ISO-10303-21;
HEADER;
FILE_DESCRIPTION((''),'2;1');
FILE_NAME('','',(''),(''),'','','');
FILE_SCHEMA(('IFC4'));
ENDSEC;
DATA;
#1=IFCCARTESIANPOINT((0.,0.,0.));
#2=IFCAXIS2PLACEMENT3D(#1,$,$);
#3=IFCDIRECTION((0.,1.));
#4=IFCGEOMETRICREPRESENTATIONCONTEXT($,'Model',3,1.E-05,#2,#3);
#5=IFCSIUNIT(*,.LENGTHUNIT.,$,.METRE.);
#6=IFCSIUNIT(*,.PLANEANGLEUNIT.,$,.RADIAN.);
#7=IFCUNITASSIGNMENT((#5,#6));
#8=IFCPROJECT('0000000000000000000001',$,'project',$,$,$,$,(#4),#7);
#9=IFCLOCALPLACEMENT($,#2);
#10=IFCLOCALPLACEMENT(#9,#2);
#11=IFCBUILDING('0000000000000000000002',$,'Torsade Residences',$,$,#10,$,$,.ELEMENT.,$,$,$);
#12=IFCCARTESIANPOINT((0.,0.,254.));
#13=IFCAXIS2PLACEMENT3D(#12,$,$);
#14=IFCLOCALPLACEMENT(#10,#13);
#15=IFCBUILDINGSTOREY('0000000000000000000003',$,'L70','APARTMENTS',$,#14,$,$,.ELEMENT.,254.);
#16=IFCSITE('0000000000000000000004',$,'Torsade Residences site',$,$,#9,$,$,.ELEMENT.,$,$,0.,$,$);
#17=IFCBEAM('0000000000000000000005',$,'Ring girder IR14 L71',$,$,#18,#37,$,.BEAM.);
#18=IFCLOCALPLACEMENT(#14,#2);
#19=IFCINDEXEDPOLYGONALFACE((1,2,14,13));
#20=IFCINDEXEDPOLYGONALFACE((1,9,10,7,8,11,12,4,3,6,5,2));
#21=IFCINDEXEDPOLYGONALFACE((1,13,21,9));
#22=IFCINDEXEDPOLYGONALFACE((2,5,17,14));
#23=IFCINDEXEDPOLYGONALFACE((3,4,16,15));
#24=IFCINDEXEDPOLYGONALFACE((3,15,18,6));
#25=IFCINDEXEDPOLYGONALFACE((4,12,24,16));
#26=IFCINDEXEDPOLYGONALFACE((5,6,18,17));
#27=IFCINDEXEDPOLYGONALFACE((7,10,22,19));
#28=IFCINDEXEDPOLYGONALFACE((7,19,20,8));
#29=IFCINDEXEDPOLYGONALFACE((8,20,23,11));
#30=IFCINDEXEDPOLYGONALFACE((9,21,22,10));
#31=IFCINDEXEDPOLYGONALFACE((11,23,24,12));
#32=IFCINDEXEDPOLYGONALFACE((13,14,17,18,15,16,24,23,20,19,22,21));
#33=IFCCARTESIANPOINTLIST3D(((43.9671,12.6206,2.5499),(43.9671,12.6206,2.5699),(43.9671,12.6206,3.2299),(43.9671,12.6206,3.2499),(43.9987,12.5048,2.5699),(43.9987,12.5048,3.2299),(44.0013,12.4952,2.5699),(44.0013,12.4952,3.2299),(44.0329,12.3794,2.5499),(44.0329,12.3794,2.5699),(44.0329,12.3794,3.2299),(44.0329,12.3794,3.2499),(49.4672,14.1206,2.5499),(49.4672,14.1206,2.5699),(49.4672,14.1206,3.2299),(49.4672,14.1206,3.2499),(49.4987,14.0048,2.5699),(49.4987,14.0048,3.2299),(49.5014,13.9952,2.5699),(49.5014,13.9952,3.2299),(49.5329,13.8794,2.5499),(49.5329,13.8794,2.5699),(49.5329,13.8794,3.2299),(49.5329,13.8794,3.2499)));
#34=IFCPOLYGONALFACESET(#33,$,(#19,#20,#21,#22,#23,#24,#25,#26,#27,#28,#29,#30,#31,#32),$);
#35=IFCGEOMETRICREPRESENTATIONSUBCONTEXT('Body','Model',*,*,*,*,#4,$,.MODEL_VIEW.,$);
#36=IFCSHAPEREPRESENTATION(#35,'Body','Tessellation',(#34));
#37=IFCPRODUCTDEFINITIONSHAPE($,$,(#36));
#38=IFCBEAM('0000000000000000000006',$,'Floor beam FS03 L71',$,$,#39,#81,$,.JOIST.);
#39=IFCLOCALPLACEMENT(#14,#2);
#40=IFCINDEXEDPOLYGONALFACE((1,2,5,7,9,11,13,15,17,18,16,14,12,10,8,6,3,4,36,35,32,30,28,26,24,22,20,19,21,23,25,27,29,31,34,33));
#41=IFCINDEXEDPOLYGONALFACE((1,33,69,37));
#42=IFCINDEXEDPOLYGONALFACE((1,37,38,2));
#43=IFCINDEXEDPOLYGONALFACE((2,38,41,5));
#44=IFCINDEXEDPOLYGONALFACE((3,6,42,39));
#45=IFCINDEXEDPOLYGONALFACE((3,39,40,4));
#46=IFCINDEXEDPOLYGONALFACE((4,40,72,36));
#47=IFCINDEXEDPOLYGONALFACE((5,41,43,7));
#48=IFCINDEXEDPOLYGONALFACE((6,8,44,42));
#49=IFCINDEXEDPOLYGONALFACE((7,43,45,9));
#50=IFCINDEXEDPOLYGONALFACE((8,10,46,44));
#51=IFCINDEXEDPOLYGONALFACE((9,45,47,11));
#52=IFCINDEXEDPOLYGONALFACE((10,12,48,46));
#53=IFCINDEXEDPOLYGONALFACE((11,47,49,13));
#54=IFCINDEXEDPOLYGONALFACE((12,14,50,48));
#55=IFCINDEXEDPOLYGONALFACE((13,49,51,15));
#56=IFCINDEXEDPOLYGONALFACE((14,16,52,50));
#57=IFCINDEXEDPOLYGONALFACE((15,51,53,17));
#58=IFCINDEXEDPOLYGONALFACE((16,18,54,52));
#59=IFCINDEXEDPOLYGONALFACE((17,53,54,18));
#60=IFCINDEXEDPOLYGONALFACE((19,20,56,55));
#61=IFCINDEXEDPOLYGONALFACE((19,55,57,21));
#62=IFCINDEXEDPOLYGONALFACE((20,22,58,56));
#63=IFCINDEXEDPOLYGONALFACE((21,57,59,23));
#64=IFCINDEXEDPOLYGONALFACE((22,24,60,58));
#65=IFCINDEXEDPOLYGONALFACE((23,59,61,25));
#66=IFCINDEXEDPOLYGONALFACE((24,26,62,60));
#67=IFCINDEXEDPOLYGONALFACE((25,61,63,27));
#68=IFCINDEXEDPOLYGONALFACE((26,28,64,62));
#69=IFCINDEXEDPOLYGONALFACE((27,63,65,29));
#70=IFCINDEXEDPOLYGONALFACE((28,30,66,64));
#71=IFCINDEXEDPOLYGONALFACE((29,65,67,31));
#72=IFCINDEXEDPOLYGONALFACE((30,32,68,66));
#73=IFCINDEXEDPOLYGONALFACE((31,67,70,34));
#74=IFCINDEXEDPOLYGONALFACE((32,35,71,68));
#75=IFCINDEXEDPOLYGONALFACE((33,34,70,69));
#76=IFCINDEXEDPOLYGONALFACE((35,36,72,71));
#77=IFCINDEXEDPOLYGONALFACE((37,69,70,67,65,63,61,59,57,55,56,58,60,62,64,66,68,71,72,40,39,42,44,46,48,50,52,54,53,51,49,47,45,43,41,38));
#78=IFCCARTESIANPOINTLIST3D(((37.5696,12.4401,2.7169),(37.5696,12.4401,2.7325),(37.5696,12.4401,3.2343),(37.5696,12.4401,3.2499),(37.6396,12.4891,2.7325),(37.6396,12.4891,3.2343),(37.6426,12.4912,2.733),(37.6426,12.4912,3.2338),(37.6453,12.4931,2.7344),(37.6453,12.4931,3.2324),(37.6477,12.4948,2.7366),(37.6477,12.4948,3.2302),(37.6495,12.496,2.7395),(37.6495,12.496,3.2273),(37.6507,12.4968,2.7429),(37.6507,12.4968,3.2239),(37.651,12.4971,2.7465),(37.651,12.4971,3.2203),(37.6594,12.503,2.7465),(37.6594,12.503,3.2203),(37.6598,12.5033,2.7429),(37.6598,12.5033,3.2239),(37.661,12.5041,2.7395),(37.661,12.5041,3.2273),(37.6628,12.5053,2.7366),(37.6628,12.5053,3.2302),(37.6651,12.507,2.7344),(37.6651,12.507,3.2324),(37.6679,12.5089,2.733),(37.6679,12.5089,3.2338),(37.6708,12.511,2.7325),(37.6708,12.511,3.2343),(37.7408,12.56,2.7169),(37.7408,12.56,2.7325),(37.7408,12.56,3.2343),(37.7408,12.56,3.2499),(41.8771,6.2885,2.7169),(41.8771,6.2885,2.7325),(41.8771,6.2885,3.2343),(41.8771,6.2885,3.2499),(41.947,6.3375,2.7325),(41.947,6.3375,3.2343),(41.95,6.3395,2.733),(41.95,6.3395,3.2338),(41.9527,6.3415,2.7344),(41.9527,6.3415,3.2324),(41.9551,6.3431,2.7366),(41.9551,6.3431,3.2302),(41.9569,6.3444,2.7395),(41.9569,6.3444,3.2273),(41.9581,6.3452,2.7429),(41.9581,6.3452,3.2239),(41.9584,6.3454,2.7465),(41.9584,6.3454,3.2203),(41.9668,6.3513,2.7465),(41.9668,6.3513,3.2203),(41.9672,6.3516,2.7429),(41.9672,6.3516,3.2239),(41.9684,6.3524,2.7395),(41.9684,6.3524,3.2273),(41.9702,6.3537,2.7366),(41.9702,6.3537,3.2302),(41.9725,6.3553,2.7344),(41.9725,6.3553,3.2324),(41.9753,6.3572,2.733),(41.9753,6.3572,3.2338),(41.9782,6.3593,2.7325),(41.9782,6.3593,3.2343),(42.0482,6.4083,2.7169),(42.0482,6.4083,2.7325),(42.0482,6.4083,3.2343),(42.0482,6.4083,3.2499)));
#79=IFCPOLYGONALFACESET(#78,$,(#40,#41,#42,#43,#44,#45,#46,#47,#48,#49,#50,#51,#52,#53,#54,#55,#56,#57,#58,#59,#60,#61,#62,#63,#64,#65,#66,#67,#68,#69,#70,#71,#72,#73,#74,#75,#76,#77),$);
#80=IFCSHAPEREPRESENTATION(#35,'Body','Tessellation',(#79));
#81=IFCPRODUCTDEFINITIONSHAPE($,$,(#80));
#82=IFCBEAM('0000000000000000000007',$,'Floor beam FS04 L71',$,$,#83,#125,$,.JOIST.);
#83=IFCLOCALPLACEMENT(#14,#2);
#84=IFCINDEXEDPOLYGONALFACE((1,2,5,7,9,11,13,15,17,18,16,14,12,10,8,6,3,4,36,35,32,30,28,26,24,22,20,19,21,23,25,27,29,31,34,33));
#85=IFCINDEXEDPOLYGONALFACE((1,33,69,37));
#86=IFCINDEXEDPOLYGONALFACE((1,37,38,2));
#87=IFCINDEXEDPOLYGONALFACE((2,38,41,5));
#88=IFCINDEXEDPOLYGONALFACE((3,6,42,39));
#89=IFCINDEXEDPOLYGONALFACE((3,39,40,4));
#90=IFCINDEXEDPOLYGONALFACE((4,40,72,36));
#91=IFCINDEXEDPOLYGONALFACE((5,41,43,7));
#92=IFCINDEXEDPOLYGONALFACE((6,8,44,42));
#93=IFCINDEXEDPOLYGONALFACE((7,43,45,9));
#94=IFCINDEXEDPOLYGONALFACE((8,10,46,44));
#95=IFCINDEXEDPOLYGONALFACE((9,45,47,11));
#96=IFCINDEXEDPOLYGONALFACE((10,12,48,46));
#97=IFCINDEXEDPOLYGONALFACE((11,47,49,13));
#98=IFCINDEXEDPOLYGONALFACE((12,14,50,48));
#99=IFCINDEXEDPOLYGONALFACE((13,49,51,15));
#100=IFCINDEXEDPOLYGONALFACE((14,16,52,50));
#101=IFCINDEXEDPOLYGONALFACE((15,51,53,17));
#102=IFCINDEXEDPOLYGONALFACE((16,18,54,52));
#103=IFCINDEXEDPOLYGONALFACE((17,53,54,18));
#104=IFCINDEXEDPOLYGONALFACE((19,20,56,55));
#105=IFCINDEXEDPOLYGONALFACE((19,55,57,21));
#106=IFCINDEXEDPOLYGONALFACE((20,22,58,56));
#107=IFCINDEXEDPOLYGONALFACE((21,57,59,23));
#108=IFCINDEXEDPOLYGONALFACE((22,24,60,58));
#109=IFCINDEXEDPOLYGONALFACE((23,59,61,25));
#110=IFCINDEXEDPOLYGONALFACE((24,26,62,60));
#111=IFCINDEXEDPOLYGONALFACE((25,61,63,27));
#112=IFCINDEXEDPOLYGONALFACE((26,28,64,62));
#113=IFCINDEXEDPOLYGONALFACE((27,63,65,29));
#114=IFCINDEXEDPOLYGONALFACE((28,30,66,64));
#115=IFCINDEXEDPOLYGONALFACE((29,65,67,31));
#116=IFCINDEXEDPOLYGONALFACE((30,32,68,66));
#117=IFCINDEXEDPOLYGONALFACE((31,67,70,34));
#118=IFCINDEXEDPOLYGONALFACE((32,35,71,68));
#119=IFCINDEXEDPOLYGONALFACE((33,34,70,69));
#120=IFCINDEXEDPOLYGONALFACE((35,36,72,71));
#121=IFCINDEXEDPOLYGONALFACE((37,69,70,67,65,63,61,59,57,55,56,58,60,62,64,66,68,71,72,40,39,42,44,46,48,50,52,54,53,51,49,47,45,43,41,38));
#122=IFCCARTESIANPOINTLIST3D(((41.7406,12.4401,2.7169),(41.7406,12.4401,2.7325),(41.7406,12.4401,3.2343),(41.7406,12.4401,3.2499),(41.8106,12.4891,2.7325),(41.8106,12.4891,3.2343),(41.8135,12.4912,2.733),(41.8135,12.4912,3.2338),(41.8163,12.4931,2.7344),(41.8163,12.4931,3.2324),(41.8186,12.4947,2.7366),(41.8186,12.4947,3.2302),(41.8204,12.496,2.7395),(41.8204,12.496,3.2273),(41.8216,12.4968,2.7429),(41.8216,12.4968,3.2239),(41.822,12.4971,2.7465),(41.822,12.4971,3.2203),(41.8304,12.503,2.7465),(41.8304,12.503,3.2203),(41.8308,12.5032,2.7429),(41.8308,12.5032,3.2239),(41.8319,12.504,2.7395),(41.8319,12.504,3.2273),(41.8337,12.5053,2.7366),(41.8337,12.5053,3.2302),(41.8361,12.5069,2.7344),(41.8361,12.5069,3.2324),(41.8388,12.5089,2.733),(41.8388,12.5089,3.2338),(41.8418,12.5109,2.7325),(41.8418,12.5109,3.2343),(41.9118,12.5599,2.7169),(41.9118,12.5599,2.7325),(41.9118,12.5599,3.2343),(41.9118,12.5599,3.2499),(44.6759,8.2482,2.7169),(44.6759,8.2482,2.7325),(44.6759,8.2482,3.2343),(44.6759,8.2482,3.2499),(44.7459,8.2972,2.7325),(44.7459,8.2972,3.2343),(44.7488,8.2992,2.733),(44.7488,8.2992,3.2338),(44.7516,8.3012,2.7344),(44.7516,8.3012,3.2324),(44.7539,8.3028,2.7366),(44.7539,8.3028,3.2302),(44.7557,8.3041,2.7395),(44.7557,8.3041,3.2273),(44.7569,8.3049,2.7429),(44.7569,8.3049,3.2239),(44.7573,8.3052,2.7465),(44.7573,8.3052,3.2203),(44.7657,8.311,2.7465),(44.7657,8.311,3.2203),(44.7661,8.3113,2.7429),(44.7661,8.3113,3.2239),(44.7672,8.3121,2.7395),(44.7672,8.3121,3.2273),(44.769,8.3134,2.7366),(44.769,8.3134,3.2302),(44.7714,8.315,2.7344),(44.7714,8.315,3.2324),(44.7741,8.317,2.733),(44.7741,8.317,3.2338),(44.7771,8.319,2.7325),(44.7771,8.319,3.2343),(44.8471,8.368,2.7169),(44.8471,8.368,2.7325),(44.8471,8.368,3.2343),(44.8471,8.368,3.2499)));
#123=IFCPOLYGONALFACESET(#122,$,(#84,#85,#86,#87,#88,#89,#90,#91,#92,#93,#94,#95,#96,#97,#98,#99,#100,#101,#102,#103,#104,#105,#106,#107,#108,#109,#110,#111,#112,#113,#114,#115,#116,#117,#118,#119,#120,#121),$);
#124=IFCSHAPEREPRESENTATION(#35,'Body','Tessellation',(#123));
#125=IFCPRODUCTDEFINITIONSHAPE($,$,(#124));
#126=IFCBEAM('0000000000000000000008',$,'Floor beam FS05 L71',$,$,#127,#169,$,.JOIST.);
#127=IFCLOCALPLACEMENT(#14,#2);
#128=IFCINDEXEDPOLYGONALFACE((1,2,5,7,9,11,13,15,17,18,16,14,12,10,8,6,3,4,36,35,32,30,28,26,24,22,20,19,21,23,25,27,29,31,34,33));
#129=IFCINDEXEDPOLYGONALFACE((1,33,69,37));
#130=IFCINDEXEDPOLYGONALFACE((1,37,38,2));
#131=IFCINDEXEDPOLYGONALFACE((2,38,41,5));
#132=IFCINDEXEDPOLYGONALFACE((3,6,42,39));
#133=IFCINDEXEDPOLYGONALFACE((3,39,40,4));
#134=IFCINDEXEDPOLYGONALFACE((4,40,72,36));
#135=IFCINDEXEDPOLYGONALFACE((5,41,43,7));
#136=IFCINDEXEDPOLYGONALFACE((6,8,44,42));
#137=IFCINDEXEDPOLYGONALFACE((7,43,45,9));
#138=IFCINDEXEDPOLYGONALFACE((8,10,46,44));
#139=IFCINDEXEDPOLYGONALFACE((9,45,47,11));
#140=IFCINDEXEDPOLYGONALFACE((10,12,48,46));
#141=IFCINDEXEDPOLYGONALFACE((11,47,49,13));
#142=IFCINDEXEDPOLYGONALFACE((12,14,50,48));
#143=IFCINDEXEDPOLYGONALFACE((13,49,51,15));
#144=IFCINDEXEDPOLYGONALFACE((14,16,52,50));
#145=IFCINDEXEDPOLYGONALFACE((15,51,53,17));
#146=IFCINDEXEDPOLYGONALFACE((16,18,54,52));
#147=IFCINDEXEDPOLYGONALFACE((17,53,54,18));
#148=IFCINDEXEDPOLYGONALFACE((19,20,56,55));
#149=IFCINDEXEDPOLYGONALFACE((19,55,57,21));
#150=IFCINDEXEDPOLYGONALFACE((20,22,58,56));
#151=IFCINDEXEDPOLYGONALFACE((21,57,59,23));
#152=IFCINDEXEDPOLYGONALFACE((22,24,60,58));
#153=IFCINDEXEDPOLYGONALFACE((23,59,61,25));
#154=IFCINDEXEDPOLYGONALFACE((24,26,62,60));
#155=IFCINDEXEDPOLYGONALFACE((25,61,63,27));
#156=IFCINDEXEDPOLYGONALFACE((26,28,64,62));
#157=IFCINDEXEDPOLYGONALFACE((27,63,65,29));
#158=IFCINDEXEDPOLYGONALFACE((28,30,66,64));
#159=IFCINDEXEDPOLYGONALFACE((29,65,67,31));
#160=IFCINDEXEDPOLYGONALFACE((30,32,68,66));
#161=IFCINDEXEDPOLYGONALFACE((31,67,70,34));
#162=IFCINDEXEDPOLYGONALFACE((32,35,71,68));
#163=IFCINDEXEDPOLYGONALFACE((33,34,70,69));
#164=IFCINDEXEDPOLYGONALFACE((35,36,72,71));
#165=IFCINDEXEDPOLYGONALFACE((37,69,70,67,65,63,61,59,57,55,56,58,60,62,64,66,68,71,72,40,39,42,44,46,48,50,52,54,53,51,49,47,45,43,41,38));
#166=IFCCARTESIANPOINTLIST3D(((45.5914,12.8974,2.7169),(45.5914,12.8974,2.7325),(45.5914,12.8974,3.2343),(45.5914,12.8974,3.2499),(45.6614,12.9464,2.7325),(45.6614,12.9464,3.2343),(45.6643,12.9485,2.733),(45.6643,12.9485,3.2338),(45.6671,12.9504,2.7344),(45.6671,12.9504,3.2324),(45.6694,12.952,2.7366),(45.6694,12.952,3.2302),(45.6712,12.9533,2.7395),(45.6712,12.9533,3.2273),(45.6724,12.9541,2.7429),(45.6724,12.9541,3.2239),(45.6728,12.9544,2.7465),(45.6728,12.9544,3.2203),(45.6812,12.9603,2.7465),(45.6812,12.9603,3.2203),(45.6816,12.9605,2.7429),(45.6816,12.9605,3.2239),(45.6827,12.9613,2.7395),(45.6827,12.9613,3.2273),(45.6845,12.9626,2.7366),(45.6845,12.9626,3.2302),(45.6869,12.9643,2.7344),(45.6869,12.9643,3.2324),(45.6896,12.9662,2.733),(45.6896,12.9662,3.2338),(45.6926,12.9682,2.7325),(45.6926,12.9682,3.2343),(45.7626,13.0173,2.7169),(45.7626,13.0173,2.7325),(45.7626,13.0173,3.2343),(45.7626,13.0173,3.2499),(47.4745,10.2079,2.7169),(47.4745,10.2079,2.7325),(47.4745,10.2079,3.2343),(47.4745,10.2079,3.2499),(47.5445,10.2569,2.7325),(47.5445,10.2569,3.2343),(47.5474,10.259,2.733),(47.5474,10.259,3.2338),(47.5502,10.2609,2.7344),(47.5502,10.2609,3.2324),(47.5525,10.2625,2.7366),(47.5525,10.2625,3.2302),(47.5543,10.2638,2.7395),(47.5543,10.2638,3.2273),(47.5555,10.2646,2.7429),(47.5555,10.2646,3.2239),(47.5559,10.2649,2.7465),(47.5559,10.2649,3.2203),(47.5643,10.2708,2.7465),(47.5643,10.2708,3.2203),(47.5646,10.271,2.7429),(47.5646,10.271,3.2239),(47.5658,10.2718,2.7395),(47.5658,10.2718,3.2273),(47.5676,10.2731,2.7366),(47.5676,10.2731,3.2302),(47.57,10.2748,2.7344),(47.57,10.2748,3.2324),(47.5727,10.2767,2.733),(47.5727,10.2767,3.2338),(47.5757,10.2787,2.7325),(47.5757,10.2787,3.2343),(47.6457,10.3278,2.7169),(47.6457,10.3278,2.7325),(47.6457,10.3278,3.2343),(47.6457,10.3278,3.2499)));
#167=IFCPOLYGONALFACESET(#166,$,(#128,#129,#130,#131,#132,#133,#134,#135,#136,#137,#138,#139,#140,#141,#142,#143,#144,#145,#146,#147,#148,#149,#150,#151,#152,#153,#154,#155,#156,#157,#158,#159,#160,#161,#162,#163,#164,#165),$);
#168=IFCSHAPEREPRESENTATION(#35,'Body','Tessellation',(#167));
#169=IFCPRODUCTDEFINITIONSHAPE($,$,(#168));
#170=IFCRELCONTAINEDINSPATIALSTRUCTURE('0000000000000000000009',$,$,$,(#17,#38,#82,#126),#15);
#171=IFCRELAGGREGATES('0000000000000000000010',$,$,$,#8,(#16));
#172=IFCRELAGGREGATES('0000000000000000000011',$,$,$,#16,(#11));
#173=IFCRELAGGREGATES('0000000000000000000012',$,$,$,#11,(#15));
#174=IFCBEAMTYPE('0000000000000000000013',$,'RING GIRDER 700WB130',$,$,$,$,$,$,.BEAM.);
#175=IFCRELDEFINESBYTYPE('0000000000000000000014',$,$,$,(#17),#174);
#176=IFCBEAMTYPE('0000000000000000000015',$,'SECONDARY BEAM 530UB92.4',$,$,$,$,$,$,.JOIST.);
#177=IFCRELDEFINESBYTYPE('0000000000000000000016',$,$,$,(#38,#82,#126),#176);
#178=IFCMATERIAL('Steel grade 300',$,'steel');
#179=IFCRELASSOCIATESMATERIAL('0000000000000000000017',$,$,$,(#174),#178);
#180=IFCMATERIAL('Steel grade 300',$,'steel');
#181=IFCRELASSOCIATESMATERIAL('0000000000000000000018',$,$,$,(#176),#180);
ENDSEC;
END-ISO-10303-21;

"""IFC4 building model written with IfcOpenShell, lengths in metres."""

from ifc_helpers import new_model, si_unit, direction, frame, origin, origin_2d, place, context, subcontext, project, spatial, i_section, extrude, material, material_profile, profile_set, type_object, element, save


model = new_model("IFC4")

# Units and contexts
model_context = context("Model", 3, precision=1e-05, world=origin(), true_north=direction((0.0, 1.0)))
body_context = subcontext(model_context, "Body", "Model", "MODEL_VIEW")
ifc_project = project(units=[si_unit("LENGTHUNIT", "METRE"), si_unit("PLANEANGLEUNIT", "RADIAN")], contexts=[model_context])

# Site, building, storey
site_placement = place(None, origin())
site = spatial("IfcSite", under=ifc_project, at=site_placement, Name="Torsade Residences site", CompositionType="ELEMENT", RefElevation=0.0)
building_placement = place(site_placement, origin())
building = spatial("IfcBuilding", under=site, at=building_placement, Name="Torsade Residences", CompositionType="ELEMENT")
storey_placement = place(building_placement, frame((0.0, 0.0, 254.0)))
storey = spatial("IfcBuildingStorey", under=building, at=storey_placement, Name="L70", Description="APARTMENTS", CompositionType="ELEMENT", Elevation=254.0)

# Beams
ifc_material_1 = material(Name="Steel grade 300", Category="steel")
ifc_material_profile_1 = material_profile(ifc_material_1, i_section(OverallWidth=0.25, OverallDepth=0.7, WebThickness=0.01, FlangeThickness=0.02, at=origin_2d()), Name="700WB130")
ifc_profile_set_1 = profile_set([ifc_material_profile_1], Name="Steel grade 300")
beam_type_1 = type_object("IfcBeamType", Name="RING GIRDER 700WB130", PredefinedType="BEAM", material=ifc_profile_set_1)
beam_1_placement = place(storey_placement, frame((44.0, 12.5, 2.8999), z_axis=(0.964764, 0.263117, 0.0), x_axis=(-0.263117, 0.964764, 0.0)))
element("IfcBeam", 1, at=beam_1_placement, inside=storey, type_object=beam_type_1, Name="Ring girder IR14 L71", PredefinedType="BEAM", context=body_context, shape_type="SweptSolid", body=[
    extrude(i_section(OverallWidth=0.25, OverallDepth=0.7, WebThickness=0.01, FlangeThickness=0.02, at=origin_2d()), origin(), (0.0, 0.0, 1.0), 5.7009),
])
ifc_material_2 = material(Name="Steel grade 300", Category="steel")
ifc_material_profile_2 = material_profile(ifc_material_2, i_section(OverallWidth=0.209, OverallDepth=0.533, WebThickness=0.0103, FlangeThickness=0.0156, FilletRadius=0.0139, at=origin_2d()), Name="530UB92.4")
ifc_profile_set_2 = profile_set([ifc_material_profile_2], Name="Steel grade 300")
beam_type_2 = type_object("IfcBeamType", Name="SECONDARY BEAM 530UB92.4", PredefinedType="JOIST", material=ifc_profile_set_2)
beam_2_placement = place(storey_placement, frame((41.9626, 6.3484, 2.9834), z_axis=(-0.573574, 0.819154, 0.0), x_axis=(-0.819154, -0.573574, 0.0)))
element("IfcBeam", 2, at=beam_2_placement, inside=storey, type_object=beam_type_2, Name="Floor beam FS03 L71", PredefinedType="JOIST", context=body_context, shape_type="SweptSolid", body=[
    extrude(i_section(OverallWidth=0.209, OverallDepth=0.533, WebThickness=0.0103, FlangeThickness=0.0156, FilletRadius=0.0139, at=origin_2d()), origin(), (0.0, 0.0, 1.0), 7.5098),
])
beam_3_placement = place(storey_placement, frame((44.7615, 8.3081, 2.9834), z_axis=(-0.57359, 0.819142, 0.0), x_axis=(-0.819142, -0.57359, 0.0)))
element("IfcBeam", 3, at=beam_3_placement, inside=storey, type_object=beam_type_2, Name="Floor beam FS04 L71", PredefinedType="JOIST", context=body_context, shape_type="SweptSolid", body=[
    extrude(i_section(OverallWidth=0.209, OverallDepth=0.533, WebThickness=0.0103, FlangeThickness=0.0156, FilletRadius=0.0139, at=origin_2d()), origin(), (0.0, 0.0, 1.0), 5.1174),
])
beam_4_placement = place(storey_placement, frame((47.5601, 10.2678, 2.9834), z_axis=(-0.573552, 0.819169, 0.0), x_axis=(-0.819169, -0.573552, 0.0)))
element("IfcBeam", 4, at=beam_4_placement, inside=storey, type_object=beam_type_2, Name="Floor beam FS05 L71", PredefinedType="JOIST", context=body_context, shape_type="SweptSolid", body=[
    extrude(i_section(OverallWidth=0.209, OverallDepth=0.533, WebThickness=0.0103, FlangeThickness=0.0156, FilletRadius=0.0139, at=origin_2d()), origin(), (0.0, 0.0, 1.0), 3.2832),
])

save(model, "model.ifc")
